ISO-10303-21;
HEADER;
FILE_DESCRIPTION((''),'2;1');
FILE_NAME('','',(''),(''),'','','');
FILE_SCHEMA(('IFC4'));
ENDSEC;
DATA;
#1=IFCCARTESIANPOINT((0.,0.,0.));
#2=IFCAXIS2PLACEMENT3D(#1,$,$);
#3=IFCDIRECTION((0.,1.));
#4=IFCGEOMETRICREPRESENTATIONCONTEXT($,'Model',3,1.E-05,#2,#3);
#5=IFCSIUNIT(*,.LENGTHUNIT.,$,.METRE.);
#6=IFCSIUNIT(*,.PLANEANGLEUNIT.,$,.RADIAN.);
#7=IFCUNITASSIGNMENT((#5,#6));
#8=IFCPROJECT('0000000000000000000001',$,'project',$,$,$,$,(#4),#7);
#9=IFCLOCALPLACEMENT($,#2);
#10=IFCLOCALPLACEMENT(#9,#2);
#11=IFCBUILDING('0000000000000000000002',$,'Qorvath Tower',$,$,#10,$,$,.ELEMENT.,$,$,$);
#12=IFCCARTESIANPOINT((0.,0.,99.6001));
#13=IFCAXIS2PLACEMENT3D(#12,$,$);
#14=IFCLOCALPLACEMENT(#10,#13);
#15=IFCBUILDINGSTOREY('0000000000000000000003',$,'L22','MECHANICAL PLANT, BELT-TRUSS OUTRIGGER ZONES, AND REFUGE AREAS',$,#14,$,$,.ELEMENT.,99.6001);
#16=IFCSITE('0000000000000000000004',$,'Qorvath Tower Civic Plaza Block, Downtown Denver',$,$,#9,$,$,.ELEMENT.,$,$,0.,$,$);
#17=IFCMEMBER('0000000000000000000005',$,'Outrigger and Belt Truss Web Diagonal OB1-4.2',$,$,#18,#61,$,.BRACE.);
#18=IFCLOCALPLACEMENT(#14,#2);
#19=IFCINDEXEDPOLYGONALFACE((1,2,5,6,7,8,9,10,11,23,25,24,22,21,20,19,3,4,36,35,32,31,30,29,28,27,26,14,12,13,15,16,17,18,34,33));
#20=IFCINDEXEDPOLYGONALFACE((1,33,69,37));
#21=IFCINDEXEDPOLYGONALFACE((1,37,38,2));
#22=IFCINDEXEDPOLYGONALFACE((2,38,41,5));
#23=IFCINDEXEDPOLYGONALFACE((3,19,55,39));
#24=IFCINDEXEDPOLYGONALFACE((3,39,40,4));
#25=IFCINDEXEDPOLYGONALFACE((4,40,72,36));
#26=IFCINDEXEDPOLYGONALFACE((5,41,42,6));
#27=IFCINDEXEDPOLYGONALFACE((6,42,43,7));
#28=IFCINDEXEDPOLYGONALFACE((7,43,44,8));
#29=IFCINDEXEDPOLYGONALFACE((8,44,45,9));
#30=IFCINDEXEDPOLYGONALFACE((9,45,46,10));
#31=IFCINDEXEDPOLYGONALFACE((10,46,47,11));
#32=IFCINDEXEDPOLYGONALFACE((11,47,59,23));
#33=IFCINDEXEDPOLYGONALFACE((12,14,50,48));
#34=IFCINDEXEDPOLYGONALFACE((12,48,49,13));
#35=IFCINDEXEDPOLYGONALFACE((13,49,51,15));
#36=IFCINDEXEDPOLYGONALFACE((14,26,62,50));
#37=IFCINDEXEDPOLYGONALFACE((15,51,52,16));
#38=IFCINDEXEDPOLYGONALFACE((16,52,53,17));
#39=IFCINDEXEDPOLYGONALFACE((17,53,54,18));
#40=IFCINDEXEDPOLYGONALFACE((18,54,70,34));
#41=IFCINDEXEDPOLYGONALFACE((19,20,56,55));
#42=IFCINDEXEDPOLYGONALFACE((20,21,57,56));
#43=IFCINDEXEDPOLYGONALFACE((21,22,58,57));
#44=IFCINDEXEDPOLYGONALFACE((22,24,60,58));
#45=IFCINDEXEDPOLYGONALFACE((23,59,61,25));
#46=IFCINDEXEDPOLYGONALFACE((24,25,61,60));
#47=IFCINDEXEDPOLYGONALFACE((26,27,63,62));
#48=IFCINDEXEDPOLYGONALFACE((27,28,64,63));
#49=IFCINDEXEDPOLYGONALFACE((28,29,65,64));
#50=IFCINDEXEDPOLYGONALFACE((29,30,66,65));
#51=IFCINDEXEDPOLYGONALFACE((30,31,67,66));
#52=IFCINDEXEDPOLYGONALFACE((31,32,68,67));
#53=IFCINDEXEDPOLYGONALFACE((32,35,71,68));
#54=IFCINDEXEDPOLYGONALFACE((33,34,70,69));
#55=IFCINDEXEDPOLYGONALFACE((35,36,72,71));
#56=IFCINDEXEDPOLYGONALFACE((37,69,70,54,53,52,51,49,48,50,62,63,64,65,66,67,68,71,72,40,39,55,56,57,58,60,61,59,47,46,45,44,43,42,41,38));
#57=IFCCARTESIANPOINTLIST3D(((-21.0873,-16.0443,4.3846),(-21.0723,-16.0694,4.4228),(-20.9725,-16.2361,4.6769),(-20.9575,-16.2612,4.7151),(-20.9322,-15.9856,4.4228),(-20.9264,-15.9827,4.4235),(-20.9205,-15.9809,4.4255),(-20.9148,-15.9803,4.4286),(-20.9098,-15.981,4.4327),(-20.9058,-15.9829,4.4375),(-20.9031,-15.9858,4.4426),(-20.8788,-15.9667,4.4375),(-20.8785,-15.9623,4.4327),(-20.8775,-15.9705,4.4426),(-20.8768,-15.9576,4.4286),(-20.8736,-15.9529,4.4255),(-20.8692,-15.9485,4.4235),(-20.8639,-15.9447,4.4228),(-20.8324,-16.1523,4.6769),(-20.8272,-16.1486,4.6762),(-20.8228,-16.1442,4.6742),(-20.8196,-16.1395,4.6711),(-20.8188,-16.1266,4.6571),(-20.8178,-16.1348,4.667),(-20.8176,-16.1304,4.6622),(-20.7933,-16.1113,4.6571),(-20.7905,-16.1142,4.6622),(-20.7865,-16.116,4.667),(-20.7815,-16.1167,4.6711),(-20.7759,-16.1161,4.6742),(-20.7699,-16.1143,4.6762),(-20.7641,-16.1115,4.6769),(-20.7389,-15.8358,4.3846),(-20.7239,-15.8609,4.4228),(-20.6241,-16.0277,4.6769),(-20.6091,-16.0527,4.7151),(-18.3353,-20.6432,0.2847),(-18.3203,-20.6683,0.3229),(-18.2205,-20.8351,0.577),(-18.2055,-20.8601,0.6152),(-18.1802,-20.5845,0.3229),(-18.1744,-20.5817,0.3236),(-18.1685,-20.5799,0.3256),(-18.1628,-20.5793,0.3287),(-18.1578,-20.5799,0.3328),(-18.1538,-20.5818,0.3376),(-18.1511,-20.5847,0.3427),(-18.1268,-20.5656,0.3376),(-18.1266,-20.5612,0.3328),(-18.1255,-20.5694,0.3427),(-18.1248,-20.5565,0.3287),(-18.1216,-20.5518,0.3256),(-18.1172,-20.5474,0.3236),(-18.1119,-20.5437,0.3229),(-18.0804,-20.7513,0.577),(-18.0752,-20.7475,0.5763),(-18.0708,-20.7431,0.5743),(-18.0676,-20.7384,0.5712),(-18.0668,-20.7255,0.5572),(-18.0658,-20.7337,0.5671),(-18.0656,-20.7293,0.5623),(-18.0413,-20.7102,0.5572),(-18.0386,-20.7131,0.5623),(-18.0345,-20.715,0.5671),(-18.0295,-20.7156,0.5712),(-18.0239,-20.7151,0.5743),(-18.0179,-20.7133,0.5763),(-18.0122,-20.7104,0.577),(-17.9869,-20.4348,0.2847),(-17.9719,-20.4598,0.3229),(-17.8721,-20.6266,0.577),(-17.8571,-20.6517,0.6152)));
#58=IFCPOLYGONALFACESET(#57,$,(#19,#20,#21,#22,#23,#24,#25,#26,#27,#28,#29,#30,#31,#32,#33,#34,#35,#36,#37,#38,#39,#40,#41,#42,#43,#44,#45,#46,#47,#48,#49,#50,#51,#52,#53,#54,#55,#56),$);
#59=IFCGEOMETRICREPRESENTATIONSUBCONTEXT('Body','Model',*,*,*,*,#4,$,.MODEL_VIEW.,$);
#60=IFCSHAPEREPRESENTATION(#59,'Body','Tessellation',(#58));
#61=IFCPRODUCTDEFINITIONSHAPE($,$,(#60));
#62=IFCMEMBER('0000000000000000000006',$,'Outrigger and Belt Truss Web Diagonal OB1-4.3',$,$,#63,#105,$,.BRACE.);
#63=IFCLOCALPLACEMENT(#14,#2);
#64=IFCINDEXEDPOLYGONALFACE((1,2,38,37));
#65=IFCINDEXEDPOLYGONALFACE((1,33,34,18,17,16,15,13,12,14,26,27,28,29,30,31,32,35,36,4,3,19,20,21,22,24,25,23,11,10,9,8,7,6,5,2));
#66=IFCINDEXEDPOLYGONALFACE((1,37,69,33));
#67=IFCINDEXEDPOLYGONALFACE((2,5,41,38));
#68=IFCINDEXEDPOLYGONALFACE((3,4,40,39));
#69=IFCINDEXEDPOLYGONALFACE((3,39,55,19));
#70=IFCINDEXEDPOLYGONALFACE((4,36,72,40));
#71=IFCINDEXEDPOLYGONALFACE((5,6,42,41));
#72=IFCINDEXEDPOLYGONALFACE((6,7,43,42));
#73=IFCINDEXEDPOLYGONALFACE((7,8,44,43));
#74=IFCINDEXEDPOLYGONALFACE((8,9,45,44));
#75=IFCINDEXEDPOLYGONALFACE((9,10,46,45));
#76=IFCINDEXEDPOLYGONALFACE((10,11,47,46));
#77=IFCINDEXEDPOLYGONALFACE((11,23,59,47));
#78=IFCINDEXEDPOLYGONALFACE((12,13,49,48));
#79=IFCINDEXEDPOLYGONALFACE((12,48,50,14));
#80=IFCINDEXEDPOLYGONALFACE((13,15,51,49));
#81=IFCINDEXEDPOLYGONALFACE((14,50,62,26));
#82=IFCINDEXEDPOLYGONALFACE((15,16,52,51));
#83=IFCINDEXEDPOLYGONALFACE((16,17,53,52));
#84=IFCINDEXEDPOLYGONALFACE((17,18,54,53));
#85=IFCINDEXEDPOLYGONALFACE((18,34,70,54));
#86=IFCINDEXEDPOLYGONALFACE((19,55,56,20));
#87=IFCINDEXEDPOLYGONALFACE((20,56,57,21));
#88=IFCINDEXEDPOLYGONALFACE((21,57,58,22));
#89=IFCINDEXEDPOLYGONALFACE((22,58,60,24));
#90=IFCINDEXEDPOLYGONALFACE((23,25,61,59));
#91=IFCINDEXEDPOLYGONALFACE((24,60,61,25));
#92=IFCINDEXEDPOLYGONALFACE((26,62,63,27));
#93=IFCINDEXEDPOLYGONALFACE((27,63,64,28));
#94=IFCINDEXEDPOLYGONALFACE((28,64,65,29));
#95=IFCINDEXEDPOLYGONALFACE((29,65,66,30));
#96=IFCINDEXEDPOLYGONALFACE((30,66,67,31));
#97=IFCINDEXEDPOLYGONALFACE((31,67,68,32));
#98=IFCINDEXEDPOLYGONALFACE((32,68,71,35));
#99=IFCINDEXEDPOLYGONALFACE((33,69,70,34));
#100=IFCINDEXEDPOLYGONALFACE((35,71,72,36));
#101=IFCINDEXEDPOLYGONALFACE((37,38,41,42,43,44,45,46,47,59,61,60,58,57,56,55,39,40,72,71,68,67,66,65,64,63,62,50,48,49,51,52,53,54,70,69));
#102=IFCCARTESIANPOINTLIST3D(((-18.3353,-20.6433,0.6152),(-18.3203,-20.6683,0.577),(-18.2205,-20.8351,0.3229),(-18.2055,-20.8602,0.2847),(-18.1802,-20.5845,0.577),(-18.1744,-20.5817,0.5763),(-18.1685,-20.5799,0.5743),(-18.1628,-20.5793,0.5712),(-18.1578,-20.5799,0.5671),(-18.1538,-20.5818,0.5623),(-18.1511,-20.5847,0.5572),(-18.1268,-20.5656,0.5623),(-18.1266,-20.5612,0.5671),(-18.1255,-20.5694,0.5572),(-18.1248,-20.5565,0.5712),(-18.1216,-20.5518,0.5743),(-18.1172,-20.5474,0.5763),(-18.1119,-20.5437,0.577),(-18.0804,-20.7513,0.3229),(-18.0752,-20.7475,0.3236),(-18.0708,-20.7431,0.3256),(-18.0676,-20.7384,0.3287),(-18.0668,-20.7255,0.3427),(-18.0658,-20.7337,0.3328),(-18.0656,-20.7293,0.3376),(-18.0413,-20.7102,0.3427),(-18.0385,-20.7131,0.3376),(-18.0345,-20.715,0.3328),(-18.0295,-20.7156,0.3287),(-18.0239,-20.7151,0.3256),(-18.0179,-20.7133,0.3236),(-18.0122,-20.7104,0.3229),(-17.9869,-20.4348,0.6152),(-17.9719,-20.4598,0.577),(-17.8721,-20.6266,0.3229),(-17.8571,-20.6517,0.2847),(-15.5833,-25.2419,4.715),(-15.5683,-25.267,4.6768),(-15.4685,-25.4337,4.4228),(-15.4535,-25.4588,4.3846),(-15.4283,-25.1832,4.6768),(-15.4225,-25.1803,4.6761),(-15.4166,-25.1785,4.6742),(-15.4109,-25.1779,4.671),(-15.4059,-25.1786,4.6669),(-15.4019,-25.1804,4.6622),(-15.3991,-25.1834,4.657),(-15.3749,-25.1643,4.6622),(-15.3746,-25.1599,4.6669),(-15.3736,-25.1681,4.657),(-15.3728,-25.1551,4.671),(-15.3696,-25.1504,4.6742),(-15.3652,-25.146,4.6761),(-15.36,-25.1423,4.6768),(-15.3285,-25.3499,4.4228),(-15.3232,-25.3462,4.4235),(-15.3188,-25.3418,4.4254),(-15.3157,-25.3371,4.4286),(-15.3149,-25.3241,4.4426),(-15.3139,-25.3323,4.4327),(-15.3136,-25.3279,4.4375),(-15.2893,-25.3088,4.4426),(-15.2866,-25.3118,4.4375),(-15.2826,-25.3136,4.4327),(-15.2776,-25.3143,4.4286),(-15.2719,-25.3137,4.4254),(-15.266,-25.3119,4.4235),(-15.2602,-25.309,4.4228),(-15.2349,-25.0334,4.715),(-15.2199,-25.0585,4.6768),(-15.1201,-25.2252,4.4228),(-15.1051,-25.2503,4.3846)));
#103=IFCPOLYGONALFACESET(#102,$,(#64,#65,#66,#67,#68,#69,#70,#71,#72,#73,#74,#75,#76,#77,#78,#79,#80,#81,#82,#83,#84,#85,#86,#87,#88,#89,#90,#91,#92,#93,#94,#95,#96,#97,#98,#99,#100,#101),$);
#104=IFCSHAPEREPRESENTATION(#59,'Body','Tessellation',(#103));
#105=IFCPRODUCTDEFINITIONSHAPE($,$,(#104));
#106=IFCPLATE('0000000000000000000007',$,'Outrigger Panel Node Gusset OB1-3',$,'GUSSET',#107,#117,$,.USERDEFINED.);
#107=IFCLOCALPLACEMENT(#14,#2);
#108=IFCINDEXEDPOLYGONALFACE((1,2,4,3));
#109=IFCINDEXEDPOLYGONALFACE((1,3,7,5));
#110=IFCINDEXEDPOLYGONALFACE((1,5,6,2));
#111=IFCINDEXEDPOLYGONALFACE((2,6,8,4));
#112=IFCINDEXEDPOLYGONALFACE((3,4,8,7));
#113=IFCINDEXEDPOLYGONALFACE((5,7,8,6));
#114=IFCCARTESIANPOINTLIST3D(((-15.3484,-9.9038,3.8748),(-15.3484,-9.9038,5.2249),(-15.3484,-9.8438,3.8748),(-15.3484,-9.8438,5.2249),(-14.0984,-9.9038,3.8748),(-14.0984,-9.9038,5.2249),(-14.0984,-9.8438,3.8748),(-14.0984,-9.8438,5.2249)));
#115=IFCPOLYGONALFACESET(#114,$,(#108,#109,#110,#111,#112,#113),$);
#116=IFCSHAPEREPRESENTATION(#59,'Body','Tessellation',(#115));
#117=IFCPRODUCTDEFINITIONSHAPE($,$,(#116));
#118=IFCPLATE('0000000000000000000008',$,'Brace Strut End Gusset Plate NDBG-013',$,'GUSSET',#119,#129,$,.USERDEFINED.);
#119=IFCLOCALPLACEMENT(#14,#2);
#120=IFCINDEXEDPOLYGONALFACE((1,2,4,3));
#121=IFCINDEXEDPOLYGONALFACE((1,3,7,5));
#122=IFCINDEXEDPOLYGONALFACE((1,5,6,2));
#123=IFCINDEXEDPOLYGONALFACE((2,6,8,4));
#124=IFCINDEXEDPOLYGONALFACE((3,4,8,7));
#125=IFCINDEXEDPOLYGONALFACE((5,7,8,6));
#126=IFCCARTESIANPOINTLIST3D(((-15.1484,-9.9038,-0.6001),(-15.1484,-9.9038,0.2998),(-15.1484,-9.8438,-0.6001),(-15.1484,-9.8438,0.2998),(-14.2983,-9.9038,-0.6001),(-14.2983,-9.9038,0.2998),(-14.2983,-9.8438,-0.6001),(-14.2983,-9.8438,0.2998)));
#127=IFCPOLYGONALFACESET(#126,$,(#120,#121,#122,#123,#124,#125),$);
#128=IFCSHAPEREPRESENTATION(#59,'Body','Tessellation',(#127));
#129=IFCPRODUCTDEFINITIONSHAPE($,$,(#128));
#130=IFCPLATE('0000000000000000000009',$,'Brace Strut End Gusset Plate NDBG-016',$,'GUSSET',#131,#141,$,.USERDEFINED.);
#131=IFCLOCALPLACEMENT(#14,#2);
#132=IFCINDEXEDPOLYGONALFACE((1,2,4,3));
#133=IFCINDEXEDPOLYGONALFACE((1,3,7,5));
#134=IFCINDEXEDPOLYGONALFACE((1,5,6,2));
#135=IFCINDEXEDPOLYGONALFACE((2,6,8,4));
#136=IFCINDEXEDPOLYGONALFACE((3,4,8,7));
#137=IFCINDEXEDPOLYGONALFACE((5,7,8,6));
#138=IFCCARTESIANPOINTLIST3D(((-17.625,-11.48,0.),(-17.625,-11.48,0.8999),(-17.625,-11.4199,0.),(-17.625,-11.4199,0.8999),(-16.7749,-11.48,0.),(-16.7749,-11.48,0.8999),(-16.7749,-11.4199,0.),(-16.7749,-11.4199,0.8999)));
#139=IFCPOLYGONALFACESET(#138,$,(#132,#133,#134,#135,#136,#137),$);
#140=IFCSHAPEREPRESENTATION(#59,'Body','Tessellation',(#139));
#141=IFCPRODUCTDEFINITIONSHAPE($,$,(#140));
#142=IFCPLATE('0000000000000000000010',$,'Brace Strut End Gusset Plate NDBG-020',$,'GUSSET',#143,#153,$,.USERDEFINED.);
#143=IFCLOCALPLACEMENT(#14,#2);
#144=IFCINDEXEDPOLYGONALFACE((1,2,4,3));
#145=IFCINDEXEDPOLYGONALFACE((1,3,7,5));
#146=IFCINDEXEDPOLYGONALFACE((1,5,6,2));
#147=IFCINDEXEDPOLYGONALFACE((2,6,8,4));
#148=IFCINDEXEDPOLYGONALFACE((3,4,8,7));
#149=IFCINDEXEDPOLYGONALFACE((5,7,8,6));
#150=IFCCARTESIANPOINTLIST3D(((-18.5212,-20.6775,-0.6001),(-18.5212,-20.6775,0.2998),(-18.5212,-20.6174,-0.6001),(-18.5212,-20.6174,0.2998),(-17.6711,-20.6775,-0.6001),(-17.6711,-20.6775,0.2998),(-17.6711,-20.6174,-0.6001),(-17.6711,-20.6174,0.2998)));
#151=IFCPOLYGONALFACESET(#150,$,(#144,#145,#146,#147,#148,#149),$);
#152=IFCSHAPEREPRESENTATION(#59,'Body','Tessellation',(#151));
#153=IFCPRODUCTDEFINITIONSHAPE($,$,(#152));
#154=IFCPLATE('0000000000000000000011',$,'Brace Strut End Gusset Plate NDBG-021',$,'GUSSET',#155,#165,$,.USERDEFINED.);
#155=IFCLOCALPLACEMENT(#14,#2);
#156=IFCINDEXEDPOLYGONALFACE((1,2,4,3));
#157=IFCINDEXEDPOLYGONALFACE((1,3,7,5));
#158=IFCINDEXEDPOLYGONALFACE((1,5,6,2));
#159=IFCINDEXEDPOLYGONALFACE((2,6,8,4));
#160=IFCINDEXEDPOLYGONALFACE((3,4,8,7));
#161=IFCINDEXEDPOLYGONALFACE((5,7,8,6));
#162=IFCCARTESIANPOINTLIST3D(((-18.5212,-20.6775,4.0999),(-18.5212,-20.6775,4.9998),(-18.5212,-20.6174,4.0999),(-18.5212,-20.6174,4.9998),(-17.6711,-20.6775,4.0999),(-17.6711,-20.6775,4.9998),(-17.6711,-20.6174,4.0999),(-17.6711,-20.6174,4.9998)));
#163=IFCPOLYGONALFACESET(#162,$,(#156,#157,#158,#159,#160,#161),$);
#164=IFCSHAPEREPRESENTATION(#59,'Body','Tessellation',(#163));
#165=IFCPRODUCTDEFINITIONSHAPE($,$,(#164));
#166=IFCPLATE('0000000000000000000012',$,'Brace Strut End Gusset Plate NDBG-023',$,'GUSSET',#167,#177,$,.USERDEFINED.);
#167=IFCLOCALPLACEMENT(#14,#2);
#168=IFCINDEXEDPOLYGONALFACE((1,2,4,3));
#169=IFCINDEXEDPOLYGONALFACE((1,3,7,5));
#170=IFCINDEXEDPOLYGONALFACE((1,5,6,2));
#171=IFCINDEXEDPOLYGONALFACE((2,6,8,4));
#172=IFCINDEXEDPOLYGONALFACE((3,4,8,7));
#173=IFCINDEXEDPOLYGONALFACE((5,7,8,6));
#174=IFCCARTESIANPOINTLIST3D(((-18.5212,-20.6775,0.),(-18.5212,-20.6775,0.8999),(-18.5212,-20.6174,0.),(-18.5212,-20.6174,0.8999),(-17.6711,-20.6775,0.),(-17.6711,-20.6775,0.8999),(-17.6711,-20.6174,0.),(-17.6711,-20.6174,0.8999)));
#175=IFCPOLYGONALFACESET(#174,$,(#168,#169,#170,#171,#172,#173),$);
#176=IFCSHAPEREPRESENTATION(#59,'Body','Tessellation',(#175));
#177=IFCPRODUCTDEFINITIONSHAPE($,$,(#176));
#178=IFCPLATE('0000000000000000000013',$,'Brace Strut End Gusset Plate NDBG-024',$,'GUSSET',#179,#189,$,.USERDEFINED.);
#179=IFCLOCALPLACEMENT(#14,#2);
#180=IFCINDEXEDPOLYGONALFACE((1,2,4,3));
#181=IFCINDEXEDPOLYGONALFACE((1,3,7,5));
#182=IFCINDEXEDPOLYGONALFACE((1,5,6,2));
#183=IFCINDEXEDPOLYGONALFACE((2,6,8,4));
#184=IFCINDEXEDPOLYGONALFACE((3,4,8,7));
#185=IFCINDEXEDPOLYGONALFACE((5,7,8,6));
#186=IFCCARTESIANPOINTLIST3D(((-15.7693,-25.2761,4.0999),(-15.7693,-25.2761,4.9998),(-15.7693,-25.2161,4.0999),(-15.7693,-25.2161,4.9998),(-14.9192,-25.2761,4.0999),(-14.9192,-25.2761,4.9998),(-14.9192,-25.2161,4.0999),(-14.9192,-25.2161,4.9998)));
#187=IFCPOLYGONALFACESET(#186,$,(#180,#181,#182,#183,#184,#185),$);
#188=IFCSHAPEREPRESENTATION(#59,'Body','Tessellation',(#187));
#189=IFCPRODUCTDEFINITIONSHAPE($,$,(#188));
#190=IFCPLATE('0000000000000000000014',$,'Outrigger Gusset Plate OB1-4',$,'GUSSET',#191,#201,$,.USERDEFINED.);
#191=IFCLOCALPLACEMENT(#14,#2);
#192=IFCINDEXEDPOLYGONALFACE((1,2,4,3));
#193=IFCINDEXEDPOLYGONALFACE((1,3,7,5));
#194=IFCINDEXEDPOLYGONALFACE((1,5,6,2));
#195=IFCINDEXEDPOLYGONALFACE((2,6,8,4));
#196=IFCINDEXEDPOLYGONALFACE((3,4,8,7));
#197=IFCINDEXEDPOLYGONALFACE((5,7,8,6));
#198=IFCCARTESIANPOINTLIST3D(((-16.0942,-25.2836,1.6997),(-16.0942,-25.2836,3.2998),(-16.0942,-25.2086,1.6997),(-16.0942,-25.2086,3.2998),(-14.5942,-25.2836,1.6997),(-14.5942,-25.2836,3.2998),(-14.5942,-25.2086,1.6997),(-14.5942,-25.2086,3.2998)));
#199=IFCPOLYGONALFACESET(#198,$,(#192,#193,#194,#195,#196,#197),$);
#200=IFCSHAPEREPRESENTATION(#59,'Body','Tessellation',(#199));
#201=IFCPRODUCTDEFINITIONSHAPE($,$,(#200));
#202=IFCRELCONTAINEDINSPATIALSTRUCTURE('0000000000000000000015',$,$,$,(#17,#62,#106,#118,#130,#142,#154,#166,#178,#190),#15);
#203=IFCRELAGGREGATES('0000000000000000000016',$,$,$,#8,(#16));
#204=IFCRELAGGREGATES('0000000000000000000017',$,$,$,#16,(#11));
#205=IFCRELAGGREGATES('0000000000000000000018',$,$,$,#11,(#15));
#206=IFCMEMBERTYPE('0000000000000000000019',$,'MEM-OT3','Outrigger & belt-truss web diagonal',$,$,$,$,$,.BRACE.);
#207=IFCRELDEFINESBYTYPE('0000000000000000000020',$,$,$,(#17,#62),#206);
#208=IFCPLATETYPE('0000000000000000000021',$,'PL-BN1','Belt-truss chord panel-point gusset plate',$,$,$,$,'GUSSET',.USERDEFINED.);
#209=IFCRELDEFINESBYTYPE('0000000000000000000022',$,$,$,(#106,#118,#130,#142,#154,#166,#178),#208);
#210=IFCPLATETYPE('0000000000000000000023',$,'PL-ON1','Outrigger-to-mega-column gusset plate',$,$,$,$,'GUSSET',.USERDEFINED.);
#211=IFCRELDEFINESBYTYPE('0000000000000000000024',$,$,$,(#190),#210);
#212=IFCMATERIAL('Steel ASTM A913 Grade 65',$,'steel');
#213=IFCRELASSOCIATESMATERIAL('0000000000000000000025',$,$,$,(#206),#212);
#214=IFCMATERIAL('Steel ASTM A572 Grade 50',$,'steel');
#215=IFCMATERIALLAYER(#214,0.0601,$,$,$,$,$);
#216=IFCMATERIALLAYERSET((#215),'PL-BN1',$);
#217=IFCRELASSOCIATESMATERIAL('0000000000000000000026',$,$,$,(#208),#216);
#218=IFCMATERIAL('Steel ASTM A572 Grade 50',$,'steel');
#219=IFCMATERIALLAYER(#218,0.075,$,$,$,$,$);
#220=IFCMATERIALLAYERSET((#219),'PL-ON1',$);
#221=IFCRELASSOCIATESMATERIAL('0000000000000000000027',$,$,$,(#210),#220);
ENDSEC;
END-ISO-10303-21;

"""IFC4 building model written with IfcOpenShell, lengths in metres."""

from ifc_helpers import new_model, si_unit, direction, frame, origin, origin_2d, place, context, subcontext, project, spatial, rectangle, i_section, extrude, material, layer, layer_set, material_profile, profile_set, type_object, element, save


model = new_model("IFC4")

# Units and contexts
model_context = context("Model", 3, precision=1e-05, world=origin(), true_north=direction((0.0, 1.0)))
body_context = subcontext(model_context, "Body", "Model", "MODEL_VIEW")
ifc_project = project(units=[si_unit("LENGTHUNIT", "METRE"), si_unit("PLANEANGLEUNIT", "RADIAN")], contexts=[model_context])

# Site, building, storey
site_placement = place(None, origin())
site = spatial("IfcSite", under=ifc_project, at=site_placement, Name="Qorvath Tower Civic Plaza Block, Downtown Denver", CompositionType="ELEMENT", RefElevation=0.0)
building_placement = place(site_placement, origin())
building = spatial("IfcBuilding", under=site, at=building_placement, Name="Qorvath Tower", CompositionType="ELEMENT")
storey_placement = place(building_placement, frame((0.0, 0.0, 99.6001)))
storey = spatial("IfcBuildingStorey", under=building, at=storey_placement, Name="L22", Description="MECHANICAL PLANT, BELT-TRUSS OUTRIGGER ZONES, AND REFUGE AREAS", CompositionType="ELEMENT", Elevation=99.6001)

# Members
ifc_material_1 = material(Name="Steel ASTM A913 Grade 65", Category="steel")
ifc_material_profile_1 = material_profile(ifc_material_1, i_section(OverallWidth=0.406, OverallDepth=0.416, WebThickness=0.0298, FlangeThickness=0.0481, FilletRadius=0.0249, at=origin_2d()), Name="W14x257")
ifc_profile_set_1 = profile_set([ifc_material_profile_1], Name="Steel ASTM A913 Grade 65")
member_type_1 = type_object("IfcMemberType", Name="MEM-OT3", Description="Outrigger & belt-truss web diagonal", PredefinedType="BRACE", material=ifc_profile_set_1)
member_1_placement = place(storey_placement, frame((-18.0962, -20.6475, 0.45), z_axis=(-0.407835, 0.681545, 0.607591), x_axis=(-0.858099, -0.513484, 0.0)))
element("IfcMember", 1, at=member_1_placement, inside=storey, type_object=member_type_1, Name="Outrigger and Belt Truss Web Diagonal OB1-4.2", PredefinedType="BRACE", context=body_context, shape_type="SweptSolid", body=[
    extrude(i_section(OverallWidth=0.406, OverallDepth=0.416, WebThickness=0.0298, FlangeThickness=0.0481, FilletRadius=0.0249, at=origin_2d()), origin(), (0.0, 0.0, 1.0), 6.7478),
])
member_2_placement = place(storey_placement, frame((-18.0962, -20.6475, 0.45), z_axis=(0.407845, -0.681526, 0.607606), x_axis=(0.858087, 0.513504, 0.0)))
element("IfcMember", 2, at=member_2_placement, inside=storey, type_object=member_type_1, Name="Outrigger and Belt Truss Web Diagonal OB1-4.3", PredefinedType="BRACE", context=body_context, shape_type="SweptSolid", body=[
    extrude(i_section(OverallWidth=0.406, OverallDepth=0.416, WebThickness=0.0298, FlangeThickness=0.0481, FilletRadius=0.0249, at=origin_2d()), origin(), (0.0, 0.0, 1.0), 6.7476),
])

# Plates
ifc_material_2 = material(Name="Steel ASTM A572 Grade 50", Category="steel")
ifc_layer_1 = layer(ifc_material_2, 0.0601)
ifc_layer_set_1 = layer_set([ifc_layer_1], Name="PL-BN1")
plate_type_1 = type_object("IfcPlateType", Name="PL-BN1", Description="Belt-truss chord panel-point gusset plate", ElementType="GUSSET", PredefinedType="USERDEFINED", material=ifc_layer_set_1)
plate_1_placement = place(storey_placement, frame((-14.7234, -9.8738, 3.8748), z_axis=(0.0, 0.0, 1.0), x_axis=(1.0, 0.0, 0.0)))
element("IfcPlate", 3, at=plate_1_placement, inside=storey, type_object=plate_type_1, Name="Outrigger Panel Node Gusset OB1-3", ObjectType="GUSSET", PredefinedType="USERDEFINED", context=body_context, shape_type="SweptSolid", body=[
    extrude(rectangle(XDim=1.25, YDim=0.0601, at=origin_2d()), origin(), (0.0, 0.0, 1.0), 1.3501),
])
for number, where, z_axis, x_axis, name in (
    (4, (-14.7234, -9.8738, -0.6001), (0.0, 0.0, 1.0), (1.0, 0.0, 0.0), "Brace Strut End Gusset Plate NDBG-013"),
    (5, (-17.2, -11.45, 0.0), (0.0, 0.0, 1.0), (1.0, 0.0, 0.0), "Brace Strut End Gusset Plate NDBG-016"),
    (6, (-18.0962, -20.6475, -0.6001), (0.0, 0.0, 1.0), (1.0, 0.0, 0.0), "Brace Strut End Gusset Plate NDBG-020"),
    (7, (-18.0962, -20.6475, 4.0999), (0.0, 0.0, 1.0), (1.0, 0.0, 0.0), "Brace Strut End Gusset Plate NDBG-021"),
    (8, (-18.0962, -20.6475, 0.0), (0.0, 0.0, 1.0), (1.0, 0.0, 0.0), "Brace Strut End Gusset Plate NDBG-023"),
    (9, (-15.3442, -25.2461, 4.0999), (0.0, 0.0, 1.0), (1.0, 0.0, 0.0), "Brace Strut End Gusset Plate NDBG-024"),
):
    element("IfcPlate", number, at=place(storey_placement, frame(where, z_axis=z_axis, x_axis=x_axis)), inside=storey, type_object=plate_type_1, Name=name, ObjectType="GUSSET", PredefinedType="USERDEFINED", context=body_context, shape_type="SweptSolid", body=[
        extrude(rectangle(XDim=0.8501, YDim=0.0601, at=origin_2d()), origin(), (0.0, 0.0, 1.0), 0.8999),
    ])
ifc_material_3 = material(Name="Steel ASTM A572 Grade 50", Category="steel")
ifc_layer_2 = layer(ifc_material_3, 0.075)
ifc_layer_set_2 = layer_set([ifc_layer_2], Name="PL-ON1")
plate_type_2 = type_object("IfcPlateType", Name="PL-ON1", Description="Outrigger-to-mega-column gusset plate", ElementType="GUSSET", PredefinedType="USERDEFINED", material=ifc_layer_set_2)
plate_2_placement = place(storey_placement, frame((-15.3442, -25.2461, 1.6997), z_axis=(0.0, 0.0, 1.0), x_axis=(1.0, 0.0, 0.0)))
element("IfcPlate", 10, at=plate_2_placement, inside=storey, type_object=plate_type_2, Name="Outrigger Gusset Plate OB1-4", ObjectType="GUSSET", PredefinedType="USERDEFINED", context=body_context, shape_type="SweptSolid", body=[
    extrude(rectangle(XDim=1.5, YDim=0.075, at=origin_2d()), origin(), (0.0, 0.0, 1.0), 1.6001),
])

save(model, "model.ifc")
